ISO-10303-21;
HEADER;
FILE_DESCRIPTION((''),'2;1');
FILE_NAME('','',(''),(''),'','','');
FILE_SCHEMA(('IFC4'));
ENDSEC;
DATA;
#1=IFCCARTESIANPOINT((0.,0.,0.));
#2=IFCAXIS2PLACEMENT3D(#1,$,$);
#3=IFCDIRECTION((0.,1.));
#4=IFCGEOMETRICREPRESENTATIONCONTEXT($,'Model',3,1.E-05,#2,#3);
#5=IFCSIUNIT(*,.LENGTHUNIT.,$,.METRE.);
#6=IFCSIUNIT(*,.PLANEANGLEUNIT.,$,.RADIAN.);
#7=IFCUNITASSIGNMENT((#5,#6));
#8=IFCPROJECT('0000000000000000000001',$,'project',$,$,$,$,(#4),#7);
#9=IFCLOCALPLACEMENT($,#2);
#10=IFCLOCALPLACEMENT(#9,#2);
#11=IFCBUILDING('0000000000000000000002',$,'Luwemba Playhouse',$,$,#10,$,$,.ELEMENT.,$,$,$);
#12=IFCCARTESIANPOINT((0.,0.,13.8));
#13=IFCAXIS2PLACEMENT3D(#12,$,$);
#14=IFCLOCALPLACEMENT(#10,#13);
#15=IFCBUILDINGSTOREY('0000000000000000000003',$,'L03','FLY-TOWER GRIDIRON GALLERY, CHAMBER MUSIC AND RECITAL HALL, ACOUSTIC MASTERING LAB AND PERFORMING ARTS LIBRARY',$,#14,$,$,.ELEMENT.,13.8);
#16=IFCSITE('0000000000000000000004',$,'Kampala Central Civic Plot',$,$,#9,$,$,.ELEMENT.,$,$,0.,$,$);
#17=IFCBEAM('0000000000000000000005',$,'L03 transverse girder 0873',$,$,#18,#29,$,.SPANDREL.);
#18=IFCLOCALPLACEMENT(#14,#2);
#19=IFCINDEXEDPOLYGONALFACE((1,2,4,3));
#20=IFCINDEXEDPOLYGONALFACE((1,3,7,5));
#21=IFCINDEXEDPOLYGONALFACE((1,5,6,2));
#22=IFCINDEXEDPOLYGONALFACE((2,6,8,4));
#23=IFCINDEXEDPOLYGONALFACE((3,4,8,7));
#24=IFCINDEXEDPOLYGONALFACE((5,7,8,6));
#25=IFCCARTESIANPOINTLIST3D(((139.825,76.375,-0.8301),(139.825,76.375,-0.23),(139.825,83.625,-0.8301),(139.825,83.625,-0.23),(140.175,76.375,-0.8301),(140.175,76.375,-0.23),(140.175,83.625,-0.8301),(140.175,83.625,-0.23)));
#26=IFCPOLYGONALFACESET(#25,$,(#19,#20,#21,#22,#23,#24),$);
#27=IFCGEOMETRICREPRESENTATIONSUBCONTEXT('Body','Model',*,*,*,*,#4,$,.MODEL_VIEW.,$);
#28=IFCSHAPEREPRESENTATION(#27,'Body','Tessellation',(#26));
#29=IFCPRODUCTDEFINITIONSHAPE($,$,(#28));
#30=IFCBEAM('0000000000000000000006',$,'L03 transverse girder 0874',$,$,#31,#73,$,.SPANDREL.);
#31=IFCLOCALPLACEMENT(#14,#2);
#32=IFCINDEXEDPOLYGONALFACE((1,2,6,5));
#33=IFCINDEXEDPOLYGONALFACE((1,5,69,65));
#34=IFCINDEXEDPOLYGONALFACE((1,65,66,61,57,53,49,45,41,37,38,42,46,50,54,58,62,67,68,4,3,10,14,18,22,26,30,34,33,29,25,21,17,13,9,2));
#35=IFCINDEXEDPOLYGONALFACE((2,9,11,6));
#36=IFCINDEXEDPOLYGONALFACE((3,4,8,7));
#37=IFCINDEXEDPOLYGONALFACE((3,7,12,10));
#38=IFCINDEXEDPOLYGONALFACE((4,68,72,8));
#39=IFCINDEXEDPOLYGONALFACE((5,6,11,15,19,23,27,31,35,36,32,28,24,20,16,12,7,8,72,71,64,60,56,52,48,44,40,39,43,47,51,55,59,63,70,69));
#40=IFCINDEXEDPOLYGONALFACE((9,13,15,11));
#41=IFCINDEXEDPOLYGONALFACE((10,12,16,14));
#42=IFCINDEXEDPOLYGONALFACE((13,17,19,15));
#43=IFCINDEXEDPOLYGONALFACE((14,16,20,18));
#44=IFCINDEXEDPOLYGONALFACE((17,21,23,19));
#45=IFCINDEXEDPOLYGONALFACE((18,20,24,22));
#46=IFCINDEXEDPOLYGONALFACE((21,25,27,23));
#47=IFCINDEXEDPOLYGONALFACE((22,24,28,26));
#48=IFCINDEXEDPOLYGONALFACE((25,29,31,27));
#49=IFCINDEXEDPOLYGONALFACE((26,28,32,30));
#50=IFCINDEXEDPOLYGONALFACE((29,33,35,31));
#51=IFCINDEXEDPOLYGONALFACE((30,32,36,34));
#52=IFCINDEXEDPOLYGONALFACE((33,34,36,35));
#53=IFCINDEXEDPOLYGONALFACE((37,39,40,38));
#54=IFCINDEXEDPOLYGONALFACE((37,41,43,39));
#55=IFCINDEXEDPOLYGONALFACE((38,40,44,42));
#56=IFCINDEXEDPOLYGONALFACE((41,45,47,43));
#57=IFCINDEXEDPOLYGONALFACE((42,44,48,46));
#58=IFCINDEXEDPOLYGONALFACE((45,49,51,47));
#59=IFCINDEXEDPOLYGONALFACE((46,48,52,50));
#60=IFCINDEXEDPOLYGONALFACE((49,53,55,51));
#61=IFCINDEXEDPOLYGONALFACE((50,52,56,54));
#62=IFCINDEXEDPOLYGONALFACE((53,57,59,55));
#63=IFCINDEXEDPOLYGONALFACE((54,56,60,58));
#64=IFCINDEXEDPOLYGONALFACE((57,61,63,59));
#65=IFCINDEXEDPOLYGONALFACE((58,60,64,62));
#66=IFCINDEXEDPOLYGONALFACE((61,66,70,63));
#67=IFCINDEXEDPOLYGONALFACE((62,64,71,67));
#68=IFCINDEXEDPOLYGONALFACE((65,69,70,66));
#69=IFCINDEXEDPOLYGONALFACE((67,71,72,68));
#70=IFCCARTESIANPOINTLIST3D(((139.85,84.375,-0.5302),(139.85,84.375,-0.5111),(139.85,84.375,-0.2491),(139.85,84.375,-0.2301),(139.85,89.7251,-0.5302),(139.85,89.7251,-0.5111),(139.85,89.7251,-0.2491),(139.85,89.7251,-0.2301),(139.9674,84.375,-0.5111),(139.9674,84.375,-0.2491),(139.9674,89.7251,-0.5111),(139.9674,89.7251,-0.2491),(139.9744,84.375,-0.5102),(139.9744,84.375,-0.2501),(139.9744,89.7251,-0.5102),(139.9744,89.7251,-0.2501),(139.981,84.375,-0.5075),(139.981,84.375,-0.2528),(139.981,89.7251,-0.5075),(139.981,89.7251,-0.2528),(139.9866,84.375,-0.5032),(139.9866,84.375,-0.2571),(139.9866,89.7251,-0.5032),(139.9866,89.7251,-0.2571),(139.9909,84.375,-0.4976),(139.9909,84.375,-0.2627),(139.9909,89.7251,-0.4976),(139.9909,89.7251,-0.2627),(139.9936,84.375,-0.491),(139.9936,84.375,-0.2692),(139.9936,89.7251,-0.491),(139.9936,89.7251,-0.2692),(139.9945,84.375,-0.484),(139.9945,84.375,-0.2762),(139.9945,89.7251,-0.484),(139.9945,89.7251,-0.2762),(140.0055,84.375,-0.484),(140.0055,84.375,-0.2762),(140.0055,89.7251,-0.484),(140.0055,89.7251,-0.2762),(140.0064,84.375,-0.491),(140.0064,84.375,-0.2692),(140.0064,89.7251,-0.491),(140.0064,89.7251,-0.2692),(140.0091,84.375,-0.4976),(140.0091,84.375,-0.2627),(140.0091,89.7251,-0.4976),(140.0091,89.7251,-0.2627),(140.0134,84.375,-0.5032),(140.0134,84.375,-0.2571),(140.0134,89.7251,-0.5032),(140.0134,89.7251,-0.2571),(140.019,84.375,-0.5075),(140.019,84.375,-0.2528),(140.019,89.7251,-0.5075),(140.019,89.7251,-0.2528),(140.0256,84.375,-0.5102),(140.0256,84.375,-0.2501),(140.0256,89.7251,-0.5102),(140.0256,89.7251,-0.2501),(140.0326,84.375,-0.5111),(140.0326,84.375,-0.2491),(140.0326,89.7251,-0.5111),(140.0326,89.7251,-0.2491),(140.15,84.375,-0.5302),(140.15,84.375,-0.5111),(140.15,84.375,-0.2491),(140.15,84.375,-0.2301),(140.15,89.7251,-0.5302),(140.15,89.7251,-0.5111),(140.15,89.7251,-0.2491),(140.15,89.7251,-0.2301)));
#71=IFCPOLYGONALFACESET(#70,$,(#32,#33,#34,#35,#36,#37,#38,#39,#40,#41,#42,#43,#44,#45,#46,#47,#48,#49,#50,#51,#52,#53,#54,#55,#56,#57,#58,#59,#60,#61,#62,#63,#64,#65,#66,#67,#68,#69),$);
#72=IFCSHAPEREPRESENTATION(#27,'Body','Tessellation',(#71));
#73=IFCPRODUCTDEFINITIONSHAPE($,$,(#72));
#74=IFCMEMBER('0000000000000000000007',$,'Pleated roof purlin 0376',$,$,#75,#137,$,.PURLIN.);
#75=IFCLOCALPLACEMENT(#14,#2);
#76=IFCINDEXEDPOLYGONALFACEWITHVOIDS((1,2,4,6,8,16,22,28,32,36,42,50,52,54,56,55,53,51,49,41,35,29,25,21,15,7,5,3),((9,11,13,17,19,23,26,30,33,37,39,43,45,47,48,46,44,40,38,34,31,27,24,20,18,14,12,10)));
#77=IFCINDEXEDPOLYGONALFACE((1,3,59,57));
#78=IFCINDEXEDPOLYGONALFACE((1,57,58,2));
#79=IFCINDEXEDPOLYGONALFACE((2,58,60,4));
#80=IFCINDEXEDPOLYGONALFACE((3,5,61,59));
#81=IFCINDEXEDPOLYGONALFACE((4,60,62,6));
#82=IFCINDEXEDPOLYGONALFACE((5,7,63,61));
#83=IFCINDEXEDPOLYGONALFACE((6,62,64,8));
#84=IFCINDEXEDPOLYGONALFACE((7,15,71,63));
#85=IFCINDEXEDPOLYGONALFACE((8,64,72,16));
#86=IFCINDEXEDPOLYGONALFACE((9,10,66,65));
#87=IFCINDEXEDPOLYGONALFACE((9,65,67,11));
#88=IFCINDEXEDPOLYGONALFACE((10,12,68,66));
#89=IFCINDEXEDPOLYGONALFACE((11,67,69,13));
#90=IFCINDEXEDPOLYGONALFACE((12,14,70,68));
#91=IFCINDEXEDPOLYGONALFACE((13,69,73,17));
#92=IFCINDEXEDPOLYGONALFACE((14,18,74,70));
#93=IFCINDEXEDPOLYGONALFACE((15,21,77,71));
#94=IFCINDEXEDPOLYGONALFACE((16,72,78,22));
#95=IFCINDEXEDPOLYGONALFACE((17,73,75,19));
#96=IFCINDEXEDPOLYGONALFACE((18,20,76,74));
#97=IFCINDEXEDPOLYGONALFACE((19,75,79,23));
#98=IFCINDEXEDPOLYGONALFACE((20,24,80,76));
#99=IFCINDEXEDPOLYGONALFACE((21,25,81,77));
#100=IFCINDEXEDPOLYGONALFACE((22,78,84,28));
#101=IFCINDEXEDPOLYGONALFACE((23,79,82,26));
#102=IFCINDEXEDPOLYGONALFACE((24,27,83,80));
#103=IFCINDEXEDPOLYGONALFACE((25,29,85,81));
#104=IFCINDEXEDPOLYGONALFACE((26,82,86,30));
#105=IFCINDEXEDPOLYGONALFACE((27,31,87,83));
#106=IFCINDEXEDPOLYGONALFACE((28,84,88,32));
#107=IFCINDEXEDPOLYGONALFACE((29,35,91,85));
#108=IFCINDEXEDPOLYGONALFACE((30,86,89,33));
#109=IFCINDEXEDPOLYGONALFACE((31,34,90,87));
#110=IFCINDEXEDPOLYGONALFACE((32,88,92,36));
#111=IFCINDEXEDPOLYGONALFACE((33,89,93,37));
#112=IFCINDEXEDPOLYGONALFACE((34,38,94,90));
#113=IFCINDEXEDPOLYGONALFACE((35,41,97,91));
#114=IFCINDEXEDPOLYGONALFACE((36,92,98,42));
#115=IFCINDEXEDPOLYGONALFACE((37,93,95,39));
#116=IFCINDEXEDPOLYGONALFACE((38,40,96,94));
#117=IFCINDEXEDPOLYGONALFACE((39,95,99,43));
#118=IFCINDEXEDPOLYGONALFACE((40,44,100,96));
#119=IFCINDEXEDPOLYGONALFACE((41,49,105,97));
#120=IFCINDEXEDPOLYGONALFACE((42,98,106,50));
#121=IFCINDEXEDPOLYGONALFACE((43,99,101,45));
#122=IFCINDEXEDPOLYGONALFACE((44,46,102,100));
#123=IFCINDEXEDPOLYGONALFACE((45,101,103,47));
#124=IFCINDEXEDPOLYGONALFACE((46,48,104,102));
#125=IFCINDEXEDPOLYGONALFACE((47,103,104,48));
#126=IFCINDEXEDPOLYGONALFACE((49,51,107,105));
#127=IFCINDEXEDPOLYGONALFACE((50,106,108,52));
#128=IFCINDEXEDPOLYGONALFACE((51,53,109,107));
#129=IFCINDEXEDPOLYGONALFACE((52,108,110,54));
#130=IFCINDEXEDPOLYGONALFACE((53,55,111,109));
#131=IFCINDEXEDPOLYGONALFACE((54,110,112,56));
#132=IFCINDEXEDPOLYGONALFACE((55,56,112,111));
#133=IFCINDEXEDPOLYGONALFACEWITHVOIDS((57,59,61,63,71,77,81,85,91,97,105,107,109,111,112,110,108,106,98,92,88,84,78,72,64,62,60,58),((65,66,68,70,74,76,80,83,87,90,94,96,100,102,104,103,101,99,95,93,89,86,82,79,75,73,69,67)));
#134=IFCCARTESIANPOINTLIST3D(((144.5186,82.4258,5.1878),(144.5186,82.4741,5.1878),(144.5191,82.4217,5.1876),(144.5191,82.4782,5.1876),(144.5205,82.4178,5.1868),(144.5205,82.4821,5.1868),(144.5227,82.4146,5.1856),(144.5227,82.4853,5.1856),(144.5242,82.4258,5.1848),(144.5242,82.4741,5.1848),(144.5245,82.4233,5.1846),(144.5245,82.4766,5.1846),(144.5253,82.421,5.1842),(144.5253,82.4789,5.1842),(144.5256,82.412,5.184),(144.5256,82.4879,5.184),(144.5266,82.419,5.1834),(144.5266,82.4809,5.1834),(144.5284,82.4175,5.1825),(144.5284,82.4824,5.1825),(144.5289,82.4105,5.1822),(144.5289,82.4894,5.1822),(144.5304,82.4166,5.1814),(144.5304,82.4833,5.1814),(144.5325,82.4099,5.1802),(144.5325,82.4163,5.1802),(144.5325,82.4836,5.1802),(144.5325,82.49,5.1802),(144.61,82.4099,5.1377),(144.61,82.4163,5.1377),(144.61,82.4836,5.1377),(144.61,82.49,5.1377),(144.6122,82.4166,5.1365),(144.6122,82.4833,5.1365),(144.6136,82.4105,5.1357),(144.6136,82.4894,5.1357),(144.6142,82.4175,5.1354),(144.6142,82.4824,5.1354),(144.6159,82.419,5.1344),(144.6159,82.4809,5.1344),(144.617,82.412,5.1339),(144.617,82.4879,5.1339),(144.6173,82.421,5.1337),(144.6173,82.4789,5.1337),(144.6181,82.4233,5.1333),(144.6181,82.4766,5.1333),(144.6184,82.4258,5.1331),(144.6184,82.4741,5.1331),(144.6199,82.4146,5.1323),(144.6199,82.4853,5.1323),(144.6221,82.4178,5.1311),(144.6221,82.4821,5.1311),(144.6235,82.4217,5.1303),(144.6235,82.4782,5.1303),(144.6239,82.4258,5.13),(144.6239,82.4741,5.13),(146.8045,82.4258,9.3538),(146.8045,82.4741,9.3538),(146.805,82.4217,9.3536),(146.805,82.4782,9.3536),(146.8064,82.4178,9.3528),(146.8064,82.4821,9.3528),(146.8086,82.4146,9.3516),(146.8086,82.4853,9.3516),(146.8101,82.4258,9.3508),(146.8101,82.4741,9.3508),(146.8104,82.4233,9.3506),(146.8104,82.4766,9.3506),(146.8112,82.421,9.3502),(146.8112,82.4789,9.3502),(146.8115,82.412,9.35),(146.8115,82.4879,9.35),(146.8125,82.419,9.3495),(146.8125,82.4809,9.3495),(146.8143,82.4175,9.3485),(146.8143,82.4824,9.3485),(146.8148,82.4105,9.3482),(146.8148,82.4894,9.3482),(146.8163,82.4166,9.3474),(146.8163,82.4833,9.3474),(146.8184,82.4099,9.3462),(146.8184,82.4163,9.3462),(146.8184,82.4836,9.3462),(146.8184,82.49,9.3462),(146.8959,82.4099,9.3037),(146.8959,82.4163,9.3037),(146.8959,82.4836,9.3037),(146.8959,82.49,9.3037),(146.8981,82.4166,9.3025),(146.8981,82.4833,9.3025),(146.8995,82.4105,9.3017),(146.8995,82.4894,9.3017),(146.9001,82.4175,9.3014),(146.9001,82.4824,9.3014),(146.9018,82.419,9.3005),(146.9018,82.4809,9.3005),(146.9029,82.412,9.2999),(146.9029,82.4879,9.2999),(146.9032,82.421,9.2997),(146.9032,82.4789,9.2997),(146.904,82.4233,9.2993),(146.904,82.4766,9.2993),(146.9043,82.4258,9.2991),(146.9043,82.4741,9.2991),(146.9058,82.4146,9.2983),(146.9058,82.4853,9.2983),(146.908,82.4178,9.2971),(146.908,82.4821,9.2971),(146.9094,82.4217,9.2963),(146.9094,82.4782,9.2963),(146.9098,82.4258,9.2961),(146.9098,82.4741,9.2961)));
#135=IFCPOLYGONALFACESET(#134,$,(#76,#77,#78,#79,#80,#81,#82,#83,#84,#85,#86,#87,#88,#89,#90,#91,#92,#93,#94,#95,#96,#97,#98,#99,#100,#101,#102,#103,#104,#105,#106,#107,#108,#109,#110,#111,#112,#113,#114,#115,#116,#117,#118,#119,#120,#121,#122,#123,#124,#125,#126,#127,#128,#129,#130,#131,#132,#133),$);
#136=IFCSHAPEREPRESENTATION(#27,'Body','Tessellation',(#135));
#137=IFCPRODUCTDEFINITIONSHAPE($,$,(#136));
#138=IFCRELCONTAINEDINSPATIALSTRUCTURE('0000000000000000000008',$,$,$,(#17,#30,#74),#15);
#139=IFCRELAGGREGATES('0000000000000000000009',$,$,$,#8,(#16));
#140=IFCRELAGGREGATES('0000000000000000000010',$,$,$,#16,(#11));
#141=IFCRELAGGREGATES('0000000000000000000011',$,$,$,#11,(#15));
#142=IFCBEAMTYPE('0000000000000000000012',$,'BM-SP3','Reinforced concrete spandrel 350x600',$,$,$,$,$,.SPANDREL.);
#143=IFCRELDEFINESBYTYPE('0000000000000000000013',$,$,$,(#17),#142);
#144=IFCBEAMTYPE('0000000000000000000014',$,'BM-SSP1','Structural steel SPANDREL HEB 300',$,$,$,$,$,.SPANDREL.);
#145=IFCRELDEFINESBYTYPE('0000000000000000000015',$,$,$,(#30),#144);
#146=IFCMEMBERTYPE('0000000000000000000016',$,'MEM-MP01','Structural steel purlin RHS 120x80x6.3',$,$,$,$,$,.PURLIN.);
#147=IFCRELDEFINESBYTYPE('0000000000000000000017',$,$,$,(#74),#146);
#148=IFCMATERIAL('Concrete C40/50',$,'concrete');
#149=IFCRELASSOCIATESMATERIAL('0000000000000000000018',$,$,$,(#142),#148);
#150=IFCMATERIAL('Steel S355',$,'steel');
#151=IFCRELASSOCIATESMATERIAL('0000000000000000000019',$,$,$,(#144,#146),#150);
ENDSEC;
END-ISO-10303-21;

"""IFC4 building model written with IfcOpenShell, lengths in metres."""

from ifc_helpers import new_model, si_unit, direction, frame, origin, origin_2d, place, context, subcontext, project, spatial, rectangle, hollow_rectangle, i_section, extrude, material, material_profile, profile_set, type_object, element, save


model = new_model("IFC4")

# Units and contexts
model_context = context("Model", 3, precision=1e-05, world=origin(), true_north=direction((0.0, 1.0)))
body_context = subcontext(model_context, "Body", "Model", "MODEL_VIEW")
ifc_project = project(units=[si_unit("LENGTHUNIT", "METRE"), si_unit("PLANEANGLEUNIT", "RADIAN")], contexts=[model_context])

# Site, building, storey
site_placement = place(None, origin())
site = spatial("IfcSite", under=ifc_project, at=site_placement, Name="Kampala Central Civic Plot", CompositionType="ELEMENT", RefElevation=0.0)
building_placement = place(site_placement, origin())
building = spatial("IfcBuilding", under=site, at=building_placement, Name="Luwemba Playhouse", CompositionType="ELEMENT")
storey_placement = place(building_placement, frame((0.0, 0.0, 13.8)))
storey = spatial("IfcBuildingStorey", under=building, at=storey_placement, Name="L03", Description="FLY-TOWER GRIDIRON GALLERY, CHAMBER MUSIC AND RECITAL HALL, ACOUSTIC MASTERING LAB AND PERFORMING ARTS LIBRARY", CompositionType="ELEMENT", Elevation=13.8)

# Shared definitions
ifc_material_1 = material(Name="Concrete C40/50", Category="concrete")

# Beams
ifc_material_2 = material(Name="Steel S355", Category="steel")
ifc_material_profile_1 = material_profile(ifc_material_1, rectangle(XDim=0.3501, YDim=0.6001, at=origin_2d()))
ifc_profile_set_1 = profile_set([ifc_material_profile_1], Name="Concrete C40/50")
beam_type_1 = type_object("IfcBeamType", Name="BM-SP3", Description="Reinforced concrete spandrel 350x600", PredefinedType="SPANDREL", material=ifc_profile_set_1)
beam_1_placement = place(storey_placement, frame((140.0, 76.375, -0.53), z_axis=(0.0, 1.0, 0.0), x_axis=(-1.0, 0.0, 0.0)))
element("IfcBeam", 1, at=beam_1_placement, inside=storey, type_object=beam_type_1, Name="L03 transverse girder 0873", PredefinedType="SPANDREL", context=body_context, shape_type="SweptSolid", body=[
    extrude(rectangle(XDim=0.3501, YDim=0.6001, at=origin_2d()), origin(), (0.0, 0.0, 1.0), 7.25),
])
ifc_material_profile_2 = material_profile(ifc_material_2, i_section(OverallWidth=0.3, OverallDepth=0.3, WebThickness=0.011, FlangeThickness=0.019, FilletRadius=0.0271, at=origin_2d()))
ifc_profile_set_2 = profile_set([ifc_material_profile_2], Name="Steel S355")
beam_type_2 = type_object("IfcBeamType", Name="BM-SSP1", Description="Structural steel SPANDREL HEB 300", PredefinedType="SPANDREL", material=ifc_profile_set_2)
beam_2_placement = place(storey_placement, frame((140.0, 84.375, -0.3801), z_axis=(0.0, 1.0, 0.0), x_axis=(-1.0, 0.0, 0.0)))
element("IfcBeam", 2, at=beam_2_placement, inside=storey, type_object=beam_type_2, Name="L03 transverse girder 0874", PredefinedType="SPANDREL", context=body_context, shape_type="SweptSolid", body=[
    extrude(i_section(OverallWidth=0.3, OverallDepth=0.3, WebThickness=0.011, FlangeThickness=0.019, FilletRadius=0.0271, at=origin_2d()), origin(), (0.0, 0.0, 1.0), 5.3501),
])

# Member
ifc_material_profile_3 = material_profile(ifc_material_2, hollow_rectangle(XDim=0.0801, YDim=0.1201, WallThickness=0.0063, InnerFilletRadius=0.0095, OuterFilletRadius=0.0159, at=origin_2d()))
ifc_profile_set_3 = profile_set([ifc_material_profile_3], Name="Steel S355")
member_type_1 = type_object("IfcMemberType", Name="MEM-MP01", Description="Structural steel purlin RHS 120x80x6.3", PredefinedType="PURLIN", material=ifc_profile_set_3)
member_1_placement = place(storey_placement, frame((144.5713, 82.45, 5.1589), z_axis=(0.481043, 0.0, 0.876697), x_axis=(0.0, 1.0, 0.0)))
element("IfcMember", 3, at=member_1_placement, inside=storey, type_object=member_type_1, Name="Pleated roof purlin 0376", PredefinedType="PURLIN", context=body_context, shape_type="SweptSolid", body=[
    extrude(hollow_rectangle(XDim=0.0801, YDim=0.1201, WallThickness=0.0063, InnerFilletRadius=0.0095, OuterFilletRadius=0.0159, at=origin_2d()), origin(), (0.0, 0.0, 1.0), 4.752),
])

save(model, "model.ifc")
